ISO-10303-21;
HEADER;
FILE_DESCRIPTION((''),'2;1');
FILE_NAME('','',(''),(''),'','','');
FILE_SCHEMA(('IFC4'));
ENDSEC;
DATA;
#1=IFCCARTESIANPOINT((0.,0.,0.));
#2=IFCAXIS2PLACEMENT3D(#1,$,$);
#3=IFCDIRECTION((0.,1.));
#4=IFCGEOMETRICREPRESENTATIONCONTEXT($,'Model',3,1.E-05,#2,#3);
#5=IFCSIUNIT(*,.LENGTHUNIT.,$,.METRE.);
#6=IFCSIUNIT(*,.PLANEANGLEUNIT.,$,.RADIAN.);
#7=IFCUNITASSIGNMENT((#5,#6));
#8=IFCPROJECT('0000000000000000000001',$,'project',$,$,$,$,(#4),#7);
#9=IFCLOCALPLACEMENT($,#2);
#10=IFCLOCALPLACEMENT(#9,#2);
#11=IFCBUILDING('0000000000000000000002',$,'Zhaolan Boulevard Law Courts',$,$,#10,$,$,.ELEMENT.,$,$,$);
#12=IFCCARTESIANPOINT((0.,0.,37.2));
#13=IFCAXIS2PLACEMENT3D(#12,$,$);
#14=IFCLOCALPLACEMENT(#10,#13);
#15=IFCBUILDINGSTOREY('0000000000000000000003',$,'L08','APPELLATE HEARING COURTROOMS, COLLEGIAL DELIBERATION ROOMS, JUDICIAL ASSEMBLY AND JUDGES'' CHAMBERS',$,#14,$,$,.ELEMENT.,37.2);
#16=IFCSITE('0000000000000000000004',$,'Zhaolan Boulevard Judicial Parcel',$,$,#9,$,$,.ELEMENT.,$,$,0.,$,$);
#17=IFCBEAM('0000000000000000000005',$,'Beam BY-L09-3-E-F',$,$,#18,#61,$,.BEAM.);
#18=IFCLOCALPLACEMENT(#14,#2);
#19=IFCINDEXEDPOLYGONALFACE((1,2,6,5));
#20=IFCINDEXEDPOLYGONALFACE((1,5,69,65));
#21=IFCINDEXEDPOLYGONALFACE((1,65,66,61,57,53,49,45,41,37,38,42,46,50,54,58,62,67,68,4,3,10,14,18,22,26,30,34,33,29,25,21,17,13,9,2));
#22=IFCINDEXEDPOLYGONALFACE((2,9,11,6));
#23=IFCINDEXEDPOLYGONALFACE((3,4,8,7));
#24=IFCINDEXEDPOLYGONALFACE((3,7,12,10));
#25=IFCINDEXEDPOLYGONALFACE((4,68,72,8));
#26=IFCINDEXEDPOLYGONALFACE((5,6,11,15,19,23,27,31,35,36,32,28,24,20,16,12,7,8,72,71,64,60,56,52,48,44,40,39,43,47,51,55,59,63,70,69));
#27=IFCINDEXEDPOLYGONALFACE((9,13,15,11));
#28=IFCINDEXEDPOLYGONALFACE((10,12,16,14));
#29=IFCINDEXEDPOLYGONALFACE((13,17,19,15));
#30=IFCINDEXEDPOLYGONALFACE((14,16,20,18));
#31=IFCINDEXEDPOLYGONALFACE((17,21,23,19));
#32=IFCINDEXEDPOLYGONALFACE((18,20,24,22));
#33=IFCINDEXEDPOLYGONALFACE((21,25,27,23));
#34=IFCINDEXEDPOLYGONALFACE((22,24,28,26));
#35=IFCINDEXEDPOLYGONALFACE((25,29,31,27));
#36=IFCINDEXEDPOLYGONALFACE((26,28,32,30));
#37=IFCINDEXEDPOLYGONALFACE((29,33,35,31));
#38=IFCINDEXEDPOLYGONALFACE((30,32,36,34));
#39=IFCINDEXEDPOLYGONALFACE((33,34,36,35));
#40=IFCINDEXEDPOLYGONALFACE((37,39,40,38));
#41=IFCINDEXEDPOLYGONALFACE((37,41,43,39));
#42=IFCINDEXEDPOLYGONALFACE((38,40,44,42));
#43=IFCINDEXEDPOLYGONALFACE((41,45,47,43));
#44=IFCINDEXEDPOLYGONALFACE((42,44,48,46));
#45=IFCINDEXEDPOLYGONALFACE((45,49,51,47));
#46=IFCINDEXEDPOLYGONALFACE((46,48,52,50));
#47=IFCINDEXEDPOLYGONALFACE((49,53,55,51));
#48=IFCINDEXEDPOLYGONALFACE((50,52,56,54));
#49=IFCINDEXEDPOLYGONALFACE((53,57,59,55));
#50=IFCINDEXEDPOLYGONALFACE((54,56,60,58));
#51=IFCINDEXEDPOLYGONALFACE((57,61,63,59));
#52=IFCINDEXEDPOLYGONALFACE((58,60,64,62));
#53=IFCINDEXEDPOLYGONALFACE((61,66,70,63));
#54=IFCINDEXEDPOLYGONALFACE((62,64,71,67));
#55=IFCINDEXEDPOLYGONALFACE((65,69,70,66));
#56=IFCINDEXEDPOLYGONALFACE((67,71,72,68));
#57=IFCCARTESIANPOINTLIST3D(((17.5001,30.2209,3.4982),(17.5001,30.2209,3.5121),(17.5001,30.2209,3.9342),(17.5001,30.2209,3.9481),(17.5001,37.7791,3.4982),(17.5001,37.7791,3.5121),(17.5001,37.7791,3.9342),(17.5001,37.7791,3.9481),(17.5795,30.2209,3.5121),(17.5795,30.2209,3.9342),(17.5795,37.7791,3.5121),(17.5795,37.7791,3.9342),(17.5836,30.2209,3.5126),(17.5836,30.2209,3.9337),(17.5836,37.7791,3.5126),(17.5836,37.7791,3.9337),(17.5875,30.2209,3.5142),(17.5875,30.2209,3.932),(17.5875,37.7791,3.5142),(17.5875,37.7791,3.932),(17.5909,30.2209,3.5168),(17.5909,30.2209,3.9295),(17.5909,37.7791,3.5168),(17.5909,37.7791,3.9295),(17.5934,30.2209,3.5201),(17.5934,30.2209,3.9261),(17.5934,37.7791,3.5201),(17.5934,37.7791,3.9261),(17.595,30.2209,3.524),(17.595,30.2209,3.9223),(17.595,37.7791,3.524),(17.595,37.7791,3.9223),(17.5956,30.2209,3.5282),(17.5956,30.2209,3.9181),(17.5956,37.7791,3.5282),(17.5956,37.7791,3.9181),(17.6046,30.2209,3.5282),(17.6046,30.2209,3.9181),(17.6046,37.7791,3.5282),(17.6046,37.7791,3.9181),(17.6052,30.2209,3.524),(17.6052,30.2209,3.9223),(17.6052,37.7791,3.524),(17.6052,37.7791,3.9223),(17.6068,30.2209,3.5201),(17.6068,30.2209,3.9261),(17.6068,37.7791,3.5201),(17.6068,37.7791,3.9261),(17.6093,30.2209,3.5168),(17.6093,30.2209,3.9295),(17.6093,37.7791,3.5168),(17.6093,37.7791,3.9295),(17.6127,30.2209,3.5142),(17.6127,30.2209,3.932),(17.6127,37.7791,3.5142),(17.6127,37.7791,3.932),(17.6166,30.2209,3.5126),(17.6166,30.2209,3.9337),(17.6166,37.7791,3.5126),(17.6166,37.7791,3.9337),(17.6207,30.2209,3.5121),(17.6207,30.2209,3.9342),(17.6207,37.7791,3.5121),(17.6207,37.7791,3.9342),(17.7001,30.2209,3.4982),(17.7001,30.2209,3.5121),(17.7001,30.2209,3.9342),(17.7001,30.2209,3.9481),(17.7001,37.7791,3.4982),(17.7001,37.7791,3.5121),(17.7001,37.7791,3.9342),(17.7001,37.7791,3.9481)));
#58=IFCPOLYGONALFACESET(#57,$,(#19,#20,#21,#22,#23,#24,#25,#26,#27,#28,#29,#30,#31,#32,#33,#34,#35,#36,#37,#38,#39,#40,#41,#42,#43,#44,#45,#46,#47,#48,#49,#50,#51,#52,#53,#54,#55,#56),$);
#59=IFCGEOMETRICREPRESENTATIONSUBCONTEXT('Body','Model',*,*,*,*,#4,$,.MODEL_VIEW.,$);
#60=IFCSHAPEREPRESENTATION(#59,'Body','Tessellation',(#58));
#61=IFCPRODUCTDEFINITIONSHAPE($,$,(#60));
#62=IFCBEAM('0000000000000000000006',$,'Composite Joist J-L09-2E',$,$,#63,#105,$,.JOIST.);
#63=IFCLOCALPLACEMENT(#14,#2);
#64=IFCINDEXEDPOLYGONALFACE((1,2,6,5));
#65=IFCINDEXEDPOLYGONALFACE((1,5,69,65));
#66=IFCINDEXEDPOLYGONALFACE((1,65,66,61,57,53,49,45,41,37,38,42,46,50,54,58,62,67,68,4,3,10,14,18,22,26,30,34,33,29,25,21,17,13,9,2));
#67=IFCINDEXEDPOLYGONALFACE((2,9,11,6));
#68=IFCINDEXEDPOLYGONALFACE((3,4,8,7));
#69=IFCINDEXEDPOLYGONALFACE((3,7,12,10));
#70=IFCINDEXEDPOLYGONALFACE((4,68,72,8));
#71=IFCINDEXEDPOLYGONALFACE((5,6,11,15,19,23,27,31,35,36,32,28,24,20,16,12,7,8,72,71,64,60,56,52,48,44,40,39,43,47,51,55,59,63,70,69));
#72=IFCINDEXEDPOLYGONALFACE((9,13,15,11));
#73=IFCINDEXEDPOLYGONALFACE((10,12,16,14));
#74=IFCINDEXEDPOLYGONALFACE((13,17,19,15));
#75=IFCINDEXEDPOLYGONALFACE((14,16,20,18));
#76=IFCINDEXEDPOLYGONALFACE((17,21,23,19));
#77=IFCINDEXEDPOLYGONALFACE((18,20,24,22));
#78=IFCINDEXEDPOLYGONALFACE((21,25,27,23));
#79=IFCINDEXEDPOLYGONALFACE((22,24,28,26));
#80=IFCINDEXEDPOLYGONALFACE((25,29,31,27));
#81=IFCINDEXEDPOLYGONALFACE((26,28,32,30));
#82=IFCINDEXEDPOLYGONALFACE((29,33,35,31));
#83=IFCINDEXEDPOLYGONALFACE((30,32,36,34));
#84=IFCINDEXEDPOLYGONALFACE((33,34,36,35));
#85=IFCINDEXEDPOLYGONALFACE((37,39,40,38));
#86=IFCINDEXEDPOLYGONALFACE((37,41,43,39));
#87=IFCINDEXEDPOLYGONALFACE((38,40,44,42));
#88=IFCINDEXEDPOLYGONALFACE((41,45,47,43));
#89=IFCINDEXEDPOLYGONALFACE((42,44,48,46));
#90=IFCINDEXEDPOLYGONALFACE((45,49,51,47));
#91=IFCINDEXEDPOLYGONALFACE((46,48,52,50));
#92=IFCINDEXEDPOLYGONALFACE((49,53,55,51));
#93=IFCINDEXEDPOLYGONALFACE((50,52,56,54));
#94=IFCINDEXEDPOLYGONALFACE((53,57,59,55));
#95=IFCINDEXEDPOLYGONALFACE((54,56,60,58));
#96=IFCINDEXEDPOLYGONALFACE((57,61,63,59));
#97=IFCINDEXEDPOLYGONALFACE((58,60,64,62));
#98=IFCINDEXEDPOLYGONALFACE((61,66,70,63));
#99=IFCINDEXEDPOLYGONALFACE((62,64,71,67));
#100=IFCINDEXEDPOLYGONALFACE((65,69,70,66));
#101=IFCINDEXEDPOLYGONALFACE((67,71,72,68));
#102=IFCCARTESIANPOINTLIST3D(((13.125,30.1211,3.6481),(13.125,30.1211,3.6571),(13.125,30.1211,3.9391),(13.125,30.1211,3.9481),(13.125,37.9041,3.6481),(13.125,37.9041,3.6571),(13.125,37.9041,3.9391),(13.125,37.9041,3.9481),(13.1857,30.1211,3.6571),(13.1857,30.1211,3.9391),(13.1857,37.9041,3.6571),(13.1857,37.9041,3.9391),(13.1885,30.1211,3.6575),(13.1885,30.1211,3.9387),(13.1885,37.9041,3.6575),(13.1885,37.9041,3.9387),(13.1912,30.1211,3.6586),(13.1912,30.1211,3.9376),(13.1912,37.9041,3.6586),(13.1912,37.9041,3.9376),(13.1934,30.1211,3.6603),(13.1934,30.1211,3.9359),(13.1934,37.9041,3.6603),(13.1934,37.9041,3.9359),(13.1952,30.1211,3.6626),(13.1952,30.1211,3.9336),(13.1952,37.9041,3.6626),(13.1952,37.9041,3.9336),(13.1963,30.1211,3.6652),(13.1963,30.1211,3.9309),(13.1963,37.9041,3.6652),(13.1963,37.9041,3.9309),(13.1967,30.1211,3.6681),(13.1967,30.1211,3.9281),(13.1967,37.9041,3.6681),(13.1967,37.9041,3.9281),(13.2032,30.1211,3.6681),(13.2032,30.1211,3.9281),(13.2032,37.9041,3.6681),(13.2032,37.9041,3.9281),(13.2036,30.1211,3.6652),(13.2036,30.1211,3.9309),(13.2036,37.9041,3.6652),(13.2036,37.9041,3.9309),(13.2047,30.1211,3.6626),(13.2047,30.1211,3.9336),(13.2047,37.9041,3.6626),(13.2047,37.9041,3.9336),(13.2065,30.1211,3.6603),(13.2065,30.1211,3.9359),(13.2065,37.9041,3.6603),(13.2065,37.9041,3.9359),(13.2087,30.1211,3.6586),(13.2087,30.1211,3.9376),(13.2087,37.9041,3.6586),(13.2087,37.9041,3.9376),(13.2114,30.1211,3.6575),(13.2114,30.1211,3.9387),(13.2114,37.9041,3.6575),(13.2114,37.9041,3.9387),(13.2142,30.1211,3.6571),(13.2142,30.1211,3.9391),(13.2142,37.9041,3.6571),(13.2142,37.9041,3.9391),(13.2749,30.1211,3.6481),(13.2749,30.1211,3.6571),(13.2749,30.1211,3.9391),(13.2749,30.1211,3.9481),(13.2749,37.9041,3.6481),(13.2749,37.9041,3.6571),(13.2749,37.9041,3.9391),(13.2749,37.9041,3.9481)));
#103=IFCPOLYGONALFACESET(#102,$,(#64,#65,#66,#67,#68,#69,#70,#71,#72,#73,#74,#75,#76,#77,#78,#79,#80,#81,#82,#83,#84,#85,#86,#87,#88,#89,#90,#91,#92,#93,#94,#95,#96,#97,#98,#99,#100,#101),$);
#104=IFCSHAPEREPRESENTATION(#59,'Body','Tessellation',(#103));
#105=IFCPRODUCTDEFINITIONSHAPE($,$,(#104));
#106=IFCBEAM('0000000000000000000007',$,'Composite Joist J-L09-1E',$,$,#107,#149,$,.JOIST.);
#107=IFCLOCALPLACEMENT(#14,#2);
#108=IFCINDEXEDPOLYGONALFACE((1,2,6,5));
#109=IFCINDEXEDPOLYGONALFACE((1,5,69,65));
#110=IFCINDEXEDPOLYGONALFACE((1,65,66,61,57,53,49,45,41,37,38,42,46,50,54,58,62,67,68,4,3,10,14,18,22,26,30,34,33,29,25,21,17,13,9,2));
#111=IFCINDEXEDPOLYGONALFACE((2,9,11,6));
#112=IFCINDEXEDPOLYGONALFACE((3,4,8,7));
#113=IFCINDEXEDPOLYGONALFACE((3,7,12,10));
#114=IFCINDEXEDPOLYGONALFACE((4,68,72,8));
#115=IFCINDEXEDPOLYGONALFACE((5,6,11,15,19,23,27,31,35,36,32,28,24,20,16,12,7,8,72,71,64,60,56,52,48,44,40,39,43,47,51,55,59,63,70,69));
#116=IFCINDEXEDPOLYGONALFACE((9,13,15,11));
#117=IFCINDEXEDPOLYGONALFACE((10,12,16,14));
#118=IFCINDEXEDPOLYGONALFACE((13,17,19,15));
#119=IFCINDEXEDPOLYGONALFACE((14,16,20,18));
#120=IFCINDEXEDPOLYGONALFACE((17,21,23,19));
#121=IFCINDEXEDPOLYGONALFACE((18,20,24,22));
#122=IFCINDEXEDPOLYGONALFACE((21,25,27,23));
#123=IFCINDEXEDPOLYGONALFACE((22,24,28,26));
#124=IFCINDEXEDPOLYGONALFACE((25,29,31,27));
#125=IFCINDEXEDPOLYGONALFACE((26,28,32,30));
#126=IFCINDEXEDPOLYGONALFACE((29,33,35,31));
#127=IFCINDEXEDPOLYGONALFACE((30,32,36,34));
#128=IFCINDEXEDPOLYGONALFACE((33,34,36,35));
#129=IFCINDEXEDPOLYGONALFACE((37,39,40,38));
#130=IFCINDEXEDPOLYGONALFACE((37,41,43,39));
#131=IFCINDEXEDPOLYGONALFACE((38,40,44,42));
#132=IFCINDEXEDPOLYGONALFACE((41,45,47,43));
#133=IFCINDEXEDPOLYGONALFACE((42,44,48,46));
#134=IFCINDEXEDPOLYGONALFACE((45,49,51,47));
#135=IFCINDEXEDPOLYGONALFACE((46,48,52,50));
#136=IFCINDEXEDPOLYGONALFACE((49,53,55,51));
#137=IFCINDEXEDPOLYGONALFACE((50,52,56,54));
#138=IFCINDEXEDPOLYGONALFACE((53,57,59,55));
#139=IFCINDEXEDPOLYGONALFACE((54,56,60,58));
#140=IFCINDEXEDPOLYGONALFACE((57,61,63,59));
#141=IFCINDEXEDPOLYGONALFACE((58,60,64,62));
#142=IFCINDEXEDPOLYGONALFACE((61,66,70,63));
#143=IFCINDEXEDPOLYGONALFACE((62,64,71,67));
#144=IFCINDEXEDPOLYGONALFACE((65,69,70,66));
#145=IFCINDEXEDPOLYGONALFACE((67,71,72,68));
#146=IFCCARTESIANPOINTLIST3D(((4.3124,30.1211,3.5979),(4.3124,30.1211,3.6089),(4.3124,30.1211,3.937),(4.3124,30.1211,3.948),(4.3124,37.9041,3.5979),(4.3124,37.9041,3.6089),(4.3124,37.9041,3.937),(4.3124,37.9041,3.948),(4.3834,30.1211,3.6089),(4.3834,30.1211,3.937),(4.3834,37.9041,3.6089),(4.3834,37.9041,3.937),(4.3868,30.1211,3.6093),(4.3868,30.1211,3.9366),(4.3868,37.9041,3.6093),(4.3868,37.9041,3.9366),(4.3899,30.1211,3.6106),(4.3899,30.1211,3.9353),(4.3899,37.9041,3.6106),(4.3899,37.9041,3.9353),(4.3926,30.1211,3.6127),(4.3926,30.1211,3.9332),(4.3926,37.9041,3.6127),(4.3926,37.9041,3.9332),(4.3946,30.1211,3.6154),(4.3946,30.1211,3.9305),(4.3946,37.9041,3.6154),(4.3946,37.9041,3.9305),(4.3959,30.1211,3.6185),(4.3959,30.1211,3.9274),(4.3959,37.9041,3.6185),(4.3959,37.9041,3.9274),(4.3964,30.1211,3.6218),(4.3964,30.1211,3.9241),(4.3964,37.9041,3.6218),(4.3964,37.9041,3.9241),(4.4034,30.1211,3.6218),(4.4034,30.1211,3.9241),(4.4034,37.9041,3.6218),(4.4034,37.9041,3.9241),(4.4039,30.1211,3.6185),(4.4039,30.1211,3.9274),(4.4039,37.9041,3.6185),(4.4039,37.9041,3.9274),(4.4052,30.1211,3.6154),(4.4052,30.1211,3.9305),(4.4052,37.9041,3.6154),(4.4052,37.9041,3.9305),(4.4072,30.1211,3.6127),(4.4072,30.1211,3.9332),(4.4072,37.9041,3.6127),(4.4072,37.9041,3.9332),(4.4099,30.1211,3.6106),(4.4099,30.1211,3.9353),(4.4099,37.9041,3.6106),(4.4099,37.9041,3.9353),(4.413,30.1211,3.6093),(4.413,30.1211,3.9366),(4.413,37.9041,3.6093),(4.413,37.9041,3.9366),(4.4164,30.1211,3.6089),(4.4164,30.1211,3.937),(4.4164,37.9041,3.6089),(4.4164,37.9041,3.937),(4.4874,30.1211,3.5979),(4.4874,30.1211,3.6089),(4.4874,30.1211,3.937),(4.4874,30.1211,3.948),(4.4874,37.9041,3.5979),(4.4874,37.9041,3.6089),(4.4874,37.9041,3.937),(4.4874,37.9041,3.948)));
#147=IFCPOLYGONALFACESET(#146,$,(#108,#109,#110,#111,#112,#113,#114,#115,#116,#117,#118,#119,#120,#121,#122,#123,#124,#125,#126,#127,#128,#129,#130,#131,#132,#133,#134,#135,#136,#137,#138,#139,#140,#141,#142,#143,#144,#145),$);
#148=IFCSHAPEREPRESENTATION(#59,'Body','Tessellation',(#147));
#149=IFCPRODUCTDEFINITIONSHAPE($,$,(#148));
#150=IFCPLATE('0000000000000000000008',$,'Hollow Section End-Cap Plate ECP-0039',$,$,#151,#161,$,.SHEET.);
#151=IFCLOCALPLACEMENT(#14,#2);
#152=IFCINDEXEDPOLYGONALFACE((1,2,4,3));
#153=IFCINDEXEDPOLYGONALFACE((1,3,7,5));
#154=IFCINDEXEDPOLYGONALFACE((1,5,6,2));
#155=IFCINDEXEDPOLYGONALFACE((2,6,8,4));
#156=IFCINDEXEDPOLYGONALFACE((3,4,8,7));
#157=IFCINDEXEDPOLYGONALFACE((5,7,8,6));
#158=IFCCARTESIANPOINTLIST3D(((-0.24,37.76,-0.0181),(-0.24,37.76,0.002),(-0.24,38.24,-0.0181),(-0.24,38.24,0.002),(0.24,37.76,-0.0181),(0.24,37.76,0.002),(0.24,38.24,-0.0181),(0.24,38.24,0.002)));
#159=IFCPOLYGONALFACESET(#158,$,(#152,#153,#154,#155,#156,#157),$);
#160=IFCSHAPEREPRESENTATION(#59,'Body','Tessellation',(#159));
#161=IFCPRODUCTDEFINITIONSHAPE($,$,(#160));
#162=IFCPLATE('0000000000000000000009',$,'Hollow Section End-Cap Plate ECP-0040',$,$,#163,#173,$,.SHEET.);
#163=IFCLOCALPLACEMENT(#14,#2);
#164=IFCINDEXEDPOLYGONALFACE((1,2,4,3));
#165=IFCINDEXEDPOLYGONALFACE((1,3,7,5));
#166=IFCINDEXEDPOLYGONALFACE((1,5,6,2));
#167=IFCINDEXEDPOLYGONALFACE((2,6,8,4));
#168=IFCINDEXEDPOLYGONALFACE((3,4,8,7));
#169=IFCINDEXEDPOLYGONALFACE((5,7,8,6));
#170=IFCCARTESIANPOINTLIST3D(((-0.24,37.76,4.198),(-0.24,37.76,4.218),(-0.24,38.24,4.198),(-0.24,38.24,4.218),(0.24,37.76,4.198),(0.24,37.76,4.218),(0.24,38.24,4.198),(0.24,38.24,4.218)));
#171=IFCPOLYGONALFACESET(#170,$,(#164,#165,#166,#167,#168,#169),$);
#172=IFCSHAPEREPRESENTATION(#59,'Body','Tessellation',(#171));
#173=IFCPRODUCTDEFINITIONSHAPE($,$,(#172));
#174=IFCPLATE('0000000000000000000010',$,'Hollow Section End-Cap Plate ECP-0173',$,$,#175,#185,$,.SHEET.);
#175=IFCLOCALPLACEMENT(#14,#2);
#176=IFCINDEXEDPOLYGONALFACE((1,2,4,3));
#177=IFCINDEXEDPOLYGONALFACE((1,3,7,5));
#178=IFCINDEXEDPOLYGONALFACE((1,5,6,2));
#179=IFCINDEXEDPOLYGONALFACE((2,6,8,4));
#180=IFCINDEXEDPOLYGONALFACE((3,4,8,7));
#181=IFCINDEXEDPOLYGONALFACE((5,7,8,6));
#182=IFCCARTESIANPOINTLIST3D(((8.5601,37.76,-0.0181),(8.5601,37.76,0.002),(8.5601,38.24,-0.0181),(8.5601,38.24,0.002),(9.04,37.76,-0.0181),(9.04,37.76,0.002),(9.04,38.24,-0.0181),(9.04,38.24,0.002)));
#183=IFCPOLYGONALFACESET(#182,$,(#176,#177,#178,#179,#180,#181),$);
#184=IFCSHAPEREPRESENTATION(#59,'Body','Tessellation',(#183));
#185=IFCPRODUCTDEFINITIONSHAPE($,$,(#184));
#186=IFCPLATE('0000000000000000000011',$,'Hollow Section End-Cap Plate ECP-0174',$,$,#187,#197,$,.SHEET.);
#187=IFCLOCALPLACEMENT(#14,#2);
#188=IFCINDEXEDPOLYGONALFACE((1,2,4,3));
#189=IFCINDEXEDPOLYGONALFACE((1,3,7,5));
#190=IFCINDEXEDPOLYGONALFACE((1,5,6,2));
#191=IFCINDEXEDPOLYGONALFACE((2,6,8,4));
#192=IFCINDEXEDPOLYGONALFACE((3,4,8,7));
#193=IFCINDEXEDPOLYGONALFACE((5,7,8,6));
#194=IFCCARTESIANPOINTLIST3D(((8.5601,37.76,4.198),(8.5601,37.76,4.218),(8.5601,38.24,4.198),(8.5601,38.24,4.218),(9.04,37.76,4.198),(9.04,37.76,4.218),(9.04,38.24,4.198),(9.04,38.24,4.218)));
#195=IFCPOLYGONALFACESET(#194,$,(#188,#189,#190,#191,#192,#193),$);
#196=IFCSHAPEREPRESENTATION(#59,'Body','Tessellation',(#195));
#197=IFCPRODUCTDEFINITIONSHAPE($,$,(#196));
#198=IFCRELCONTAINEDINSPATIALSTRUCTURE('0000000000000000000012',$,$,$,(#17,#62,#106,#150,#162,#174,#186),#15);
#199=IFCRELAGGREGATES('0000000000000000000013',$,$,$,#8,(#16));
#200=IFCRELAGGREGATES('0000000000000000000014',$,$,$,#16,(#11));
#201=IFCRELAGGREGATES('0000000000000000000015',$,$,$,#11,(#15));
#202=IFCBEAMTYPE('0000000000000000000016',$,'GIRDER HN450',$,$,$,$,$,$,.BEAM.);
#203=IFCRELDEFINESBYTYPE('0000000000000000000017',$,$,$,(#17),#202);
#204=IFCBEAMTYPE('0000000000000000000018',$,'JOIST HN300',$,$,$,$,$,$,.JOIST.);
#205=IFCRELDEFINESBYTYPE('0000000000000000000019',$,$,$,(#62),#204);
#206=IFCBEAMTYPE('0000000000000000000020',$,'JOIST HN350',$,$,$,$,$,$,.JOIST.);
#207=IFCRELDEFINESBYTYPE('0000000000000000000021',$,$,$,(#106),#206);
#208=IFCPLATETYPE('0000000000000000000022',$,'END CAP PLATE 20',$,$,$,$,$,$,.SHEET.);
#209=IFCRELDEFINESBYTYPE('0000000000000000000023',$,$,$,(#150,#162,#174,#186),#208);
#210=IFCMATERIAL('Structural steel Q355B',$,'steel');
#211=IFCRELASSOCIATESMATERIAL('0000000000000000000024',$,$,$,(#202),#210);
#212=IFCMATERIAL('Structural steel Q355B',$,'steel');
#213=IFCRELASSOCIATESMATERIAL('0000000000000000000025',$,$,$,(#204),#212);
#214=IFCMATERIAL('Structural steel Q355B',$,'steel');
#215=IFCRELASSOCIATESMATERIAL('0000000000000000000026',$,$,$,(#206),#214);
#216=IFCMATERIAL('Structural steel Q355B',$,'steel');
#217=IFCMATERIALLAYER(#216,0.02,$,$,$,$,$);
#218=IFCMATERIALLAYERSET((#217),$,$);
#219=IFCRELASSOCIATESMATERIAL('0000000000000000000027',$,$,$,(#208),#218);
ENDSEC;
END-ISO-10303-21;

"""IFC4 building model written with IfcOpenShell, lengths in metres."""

from ifc_helpers import new_model, si_unit, direction, frame, origin, origin_2d, place, context, subcontext, project, spatial, rectangle, i_section, extrude, material, layer, layer_set, material_profile, profile_set, type_object, element, save


model = new_model("IFC4")

# Units and contexts
model_context = context("Model", 3, precision=1e-05, world=origin(), true_north=direction((0.0, 1.0)))
body_context = subcontext(model_context, "Body", "Model", "MODEL_VIEW")
ifc_project = project(units=[si_unit("LENGTHUNIT", "METRE"), si_unit("PLANEANGLEUNIT", "RADIAN")], contexts=[model_context])

# Site, building, storey
site_placement = place(None, origin())
site = spatial("IfcSite", under=ifc_project, at=site_placement, Name="Zhaolan Boulevard Judicial Parcel", CompositionType="ELEMENT", RefElevation=0.0)
building_placement = place(site_placement, origin())
building = spatial("IfcBuilding", under=site, at=building_placement, Name="Zhaolan Boulevard Law Courts", CompositionType="ELEMENT")
storey_placement = place(building_placement, frame((0.0, 0.0, 37.2)))
storey = spatial("IfcBuildingStorey", under=building, at=storey_placement, Name="L08", Description="APPELLATE HEARING COURTROOMS, COLLEGIAL DELIBERATION ROOMS, JUDICIAL ASSEMBLY AND JUDGES' CHAMBERS", CompositionType="ELEMENT", Elevation=37.2)

# Beams
ifc_material_1 = material(Name="Structural steel Q355B", Category="steel")
ifc_material_profile_1 = material_profile(ifc_material_1, i_section(OverallWidth=0.2, OverallDepth=0.45, WebThickness=0.009, FlangeThickness=0.0139, FilletRadius=0.0161, at=origin_2d()), Name="HN450x200")
ifc_profile_set_1 = profile_set([ifc_material_profile_1], Name="Structural steel Q355B")
beam_type_1 = type_object("IfcBeamType", Name="GIRDER HN450", PredefinedType="BEAM", material=ifc_profile_set_1)
for number, where, z_axis, x_axis, name in (
    (1, (17.6001, 30.2209, 3.7231), (0.0, 1.0, 0.0), (-1.0, 0.0, 0.0), "Beam BY-L09-3-E-F"),
):
    element("IfcBeam", number, at=place(storey_placement, frame(where, z_axis=z_axis, x_axis=x_axis)), inside=storey, type_object=beam_type_1, Name=name, PredefinedType="BEAM", context=body_context, shape_type="SweptSolid", body=[
        extrude(i_section(OverallWidth=0.2, OverallDepth=0.45, WebThickness=0.009, FlangeThickness=0.0139, FilletRadius=0.0161, at=origin_2d()), origin(), (0.0, 0.0, 1.0), 7.5581),
    ])
ifc_material_2 = material(Name="Structural steel Q355B", Category="steel")
ifc_material_profile_2 = material_profile(ifc_material_2, i_section(OverallWidth=0.1499, OverallDepth=0.3, WebThickness=0.0066, FlangeThickness=0.009, FilletRadius=0.011, at=origin_2d()), Name="HN300x150")
ifc_profile_set_2 = profile_set([ifc_material_profile_2], Name="Structural steel Q355B")
beam_type_2 = type_object("IfcBeamType", Name="JOIST HN300", PredefinedType="JOIST", material=ifc_profile_set_2)
beam_1_placement = place(storey_placement, frame((13.2, 30.1211, 3.7981), z_axis=(0.0, 1.0, 0.0), x_axis=(-1.0, 0.0, 0.0)))
element("IfcBeam", 2, at=beam_1_placement, inside=storey, type_object=beam_type_2, Name="Composite Joist J-L09-2E", PredefinedType="JOIST", context=body_context, shape_type="SweptSolid", body=[
    extrude(i_section(OverallWidth=0.1499, OverallDepth=0.3, WebThickness=0.0066, FlangeThickness=0.009, FilletRadius=0.011, at=origin_2d()), origin(), (0.0, 0.0, 1.0), 7.783),
])
ifc_material_3 = material(Name="Structural steel Q355B", Category="steel")
ifc_material_profile_3 = material_profile(ifc_material_3, i_section(OverallWidth=0.175, OverallDepth=0.3501, WebThickness=0.0071, FlangeThickness=0.011, FilletRadius=0.0129, at=origin_2d()), Name="HN350x175")
ifc_profile_set_3 = profile_set([ifc_material_profile_3], Name="Structural steel Q355B")
beam_type_3 = type_object("IfcBeamType", Name="JOIST HN350", PredefinedType="JOIST", material=ifc_profile_set_3)
beam_2_placement = place(storey_placement, frame((4.3999, 30.1211, 3.7729), z_axis=(0.0, 1.0, 0.0), x_axis=(-1.0, 0.0, 0.0)))
element("IfcBeam", 3, at=beam_2_placement, inside=storey, type_object=beam_type_3, Name="Composite Joist J-L09-1E", PredefinedType="JOIST", context=body_context, shape_type="SweptSolid", body=[
    extrude(i_section(OverallWidth=0.175, OverallDepth=0.3501, WebThickness=0.0071, FlangeThickness=0.011, FilletRadius=0.0129, at=origin_2d()), origin(), (0.0, 0.0, 1.0), 7.783),
])

# Plates
ifc_material_4 = material(Name="Structural steel Q355B", Category="steel")
ifc_layer_1 = layer(ifc_material_4, 0.02)
ifc_layer_set_1 = layer_set([ifc_layer_1])
plate_type = type_object("IfcPlateType", Name="END CAP PLATE 20", PredefinedType="SHEET", material=ifc_layer_set_1)
for number, where, z_axis, x_axis, name in (
    (4, (0.0, 38.0, -0.0181), (0.0, 0.0, 1.0), (1.0, 0.0, 0.0), "Hollow Section End-Cap Plate ECP-0039"),
    (5, (0.0, 38.0, 4.198), (0.0, 0.0, 1.0), (1.0, 0.0, 0.0), "Hollow Section End-Cap Plate ECP-0040"),
    (6, (8.8, 38.0, -0.0181), (0.0, 0.0, 1.0), (1.0, 0.0, 0.0), "Hollow Section End-Cap Plate ECP-0173"),
    (7, (8.8, 38.0, 4.198), (0.0, 0.0, 1.0), (1.0, 0.0, 0.0), "Hollow Section End-Cap Plate ECP-0174"),
):
    element("IfcPlate", number, at=place(storey_placement, frame(where, z_axis=z_axis, x_axis=x_axis)), inside=storey, type_object=plate_type, Name=name, PredefinedType="SHEET", context=body_context, shape_type="SweptSolid", body=[
        extrude(rectangle(XDim=0.48, YDim=0.48, at=origin_2d()), origin(), (0.0, 0.0, 1.0), 0.02),
    ])

save(model, "model.ifc")
